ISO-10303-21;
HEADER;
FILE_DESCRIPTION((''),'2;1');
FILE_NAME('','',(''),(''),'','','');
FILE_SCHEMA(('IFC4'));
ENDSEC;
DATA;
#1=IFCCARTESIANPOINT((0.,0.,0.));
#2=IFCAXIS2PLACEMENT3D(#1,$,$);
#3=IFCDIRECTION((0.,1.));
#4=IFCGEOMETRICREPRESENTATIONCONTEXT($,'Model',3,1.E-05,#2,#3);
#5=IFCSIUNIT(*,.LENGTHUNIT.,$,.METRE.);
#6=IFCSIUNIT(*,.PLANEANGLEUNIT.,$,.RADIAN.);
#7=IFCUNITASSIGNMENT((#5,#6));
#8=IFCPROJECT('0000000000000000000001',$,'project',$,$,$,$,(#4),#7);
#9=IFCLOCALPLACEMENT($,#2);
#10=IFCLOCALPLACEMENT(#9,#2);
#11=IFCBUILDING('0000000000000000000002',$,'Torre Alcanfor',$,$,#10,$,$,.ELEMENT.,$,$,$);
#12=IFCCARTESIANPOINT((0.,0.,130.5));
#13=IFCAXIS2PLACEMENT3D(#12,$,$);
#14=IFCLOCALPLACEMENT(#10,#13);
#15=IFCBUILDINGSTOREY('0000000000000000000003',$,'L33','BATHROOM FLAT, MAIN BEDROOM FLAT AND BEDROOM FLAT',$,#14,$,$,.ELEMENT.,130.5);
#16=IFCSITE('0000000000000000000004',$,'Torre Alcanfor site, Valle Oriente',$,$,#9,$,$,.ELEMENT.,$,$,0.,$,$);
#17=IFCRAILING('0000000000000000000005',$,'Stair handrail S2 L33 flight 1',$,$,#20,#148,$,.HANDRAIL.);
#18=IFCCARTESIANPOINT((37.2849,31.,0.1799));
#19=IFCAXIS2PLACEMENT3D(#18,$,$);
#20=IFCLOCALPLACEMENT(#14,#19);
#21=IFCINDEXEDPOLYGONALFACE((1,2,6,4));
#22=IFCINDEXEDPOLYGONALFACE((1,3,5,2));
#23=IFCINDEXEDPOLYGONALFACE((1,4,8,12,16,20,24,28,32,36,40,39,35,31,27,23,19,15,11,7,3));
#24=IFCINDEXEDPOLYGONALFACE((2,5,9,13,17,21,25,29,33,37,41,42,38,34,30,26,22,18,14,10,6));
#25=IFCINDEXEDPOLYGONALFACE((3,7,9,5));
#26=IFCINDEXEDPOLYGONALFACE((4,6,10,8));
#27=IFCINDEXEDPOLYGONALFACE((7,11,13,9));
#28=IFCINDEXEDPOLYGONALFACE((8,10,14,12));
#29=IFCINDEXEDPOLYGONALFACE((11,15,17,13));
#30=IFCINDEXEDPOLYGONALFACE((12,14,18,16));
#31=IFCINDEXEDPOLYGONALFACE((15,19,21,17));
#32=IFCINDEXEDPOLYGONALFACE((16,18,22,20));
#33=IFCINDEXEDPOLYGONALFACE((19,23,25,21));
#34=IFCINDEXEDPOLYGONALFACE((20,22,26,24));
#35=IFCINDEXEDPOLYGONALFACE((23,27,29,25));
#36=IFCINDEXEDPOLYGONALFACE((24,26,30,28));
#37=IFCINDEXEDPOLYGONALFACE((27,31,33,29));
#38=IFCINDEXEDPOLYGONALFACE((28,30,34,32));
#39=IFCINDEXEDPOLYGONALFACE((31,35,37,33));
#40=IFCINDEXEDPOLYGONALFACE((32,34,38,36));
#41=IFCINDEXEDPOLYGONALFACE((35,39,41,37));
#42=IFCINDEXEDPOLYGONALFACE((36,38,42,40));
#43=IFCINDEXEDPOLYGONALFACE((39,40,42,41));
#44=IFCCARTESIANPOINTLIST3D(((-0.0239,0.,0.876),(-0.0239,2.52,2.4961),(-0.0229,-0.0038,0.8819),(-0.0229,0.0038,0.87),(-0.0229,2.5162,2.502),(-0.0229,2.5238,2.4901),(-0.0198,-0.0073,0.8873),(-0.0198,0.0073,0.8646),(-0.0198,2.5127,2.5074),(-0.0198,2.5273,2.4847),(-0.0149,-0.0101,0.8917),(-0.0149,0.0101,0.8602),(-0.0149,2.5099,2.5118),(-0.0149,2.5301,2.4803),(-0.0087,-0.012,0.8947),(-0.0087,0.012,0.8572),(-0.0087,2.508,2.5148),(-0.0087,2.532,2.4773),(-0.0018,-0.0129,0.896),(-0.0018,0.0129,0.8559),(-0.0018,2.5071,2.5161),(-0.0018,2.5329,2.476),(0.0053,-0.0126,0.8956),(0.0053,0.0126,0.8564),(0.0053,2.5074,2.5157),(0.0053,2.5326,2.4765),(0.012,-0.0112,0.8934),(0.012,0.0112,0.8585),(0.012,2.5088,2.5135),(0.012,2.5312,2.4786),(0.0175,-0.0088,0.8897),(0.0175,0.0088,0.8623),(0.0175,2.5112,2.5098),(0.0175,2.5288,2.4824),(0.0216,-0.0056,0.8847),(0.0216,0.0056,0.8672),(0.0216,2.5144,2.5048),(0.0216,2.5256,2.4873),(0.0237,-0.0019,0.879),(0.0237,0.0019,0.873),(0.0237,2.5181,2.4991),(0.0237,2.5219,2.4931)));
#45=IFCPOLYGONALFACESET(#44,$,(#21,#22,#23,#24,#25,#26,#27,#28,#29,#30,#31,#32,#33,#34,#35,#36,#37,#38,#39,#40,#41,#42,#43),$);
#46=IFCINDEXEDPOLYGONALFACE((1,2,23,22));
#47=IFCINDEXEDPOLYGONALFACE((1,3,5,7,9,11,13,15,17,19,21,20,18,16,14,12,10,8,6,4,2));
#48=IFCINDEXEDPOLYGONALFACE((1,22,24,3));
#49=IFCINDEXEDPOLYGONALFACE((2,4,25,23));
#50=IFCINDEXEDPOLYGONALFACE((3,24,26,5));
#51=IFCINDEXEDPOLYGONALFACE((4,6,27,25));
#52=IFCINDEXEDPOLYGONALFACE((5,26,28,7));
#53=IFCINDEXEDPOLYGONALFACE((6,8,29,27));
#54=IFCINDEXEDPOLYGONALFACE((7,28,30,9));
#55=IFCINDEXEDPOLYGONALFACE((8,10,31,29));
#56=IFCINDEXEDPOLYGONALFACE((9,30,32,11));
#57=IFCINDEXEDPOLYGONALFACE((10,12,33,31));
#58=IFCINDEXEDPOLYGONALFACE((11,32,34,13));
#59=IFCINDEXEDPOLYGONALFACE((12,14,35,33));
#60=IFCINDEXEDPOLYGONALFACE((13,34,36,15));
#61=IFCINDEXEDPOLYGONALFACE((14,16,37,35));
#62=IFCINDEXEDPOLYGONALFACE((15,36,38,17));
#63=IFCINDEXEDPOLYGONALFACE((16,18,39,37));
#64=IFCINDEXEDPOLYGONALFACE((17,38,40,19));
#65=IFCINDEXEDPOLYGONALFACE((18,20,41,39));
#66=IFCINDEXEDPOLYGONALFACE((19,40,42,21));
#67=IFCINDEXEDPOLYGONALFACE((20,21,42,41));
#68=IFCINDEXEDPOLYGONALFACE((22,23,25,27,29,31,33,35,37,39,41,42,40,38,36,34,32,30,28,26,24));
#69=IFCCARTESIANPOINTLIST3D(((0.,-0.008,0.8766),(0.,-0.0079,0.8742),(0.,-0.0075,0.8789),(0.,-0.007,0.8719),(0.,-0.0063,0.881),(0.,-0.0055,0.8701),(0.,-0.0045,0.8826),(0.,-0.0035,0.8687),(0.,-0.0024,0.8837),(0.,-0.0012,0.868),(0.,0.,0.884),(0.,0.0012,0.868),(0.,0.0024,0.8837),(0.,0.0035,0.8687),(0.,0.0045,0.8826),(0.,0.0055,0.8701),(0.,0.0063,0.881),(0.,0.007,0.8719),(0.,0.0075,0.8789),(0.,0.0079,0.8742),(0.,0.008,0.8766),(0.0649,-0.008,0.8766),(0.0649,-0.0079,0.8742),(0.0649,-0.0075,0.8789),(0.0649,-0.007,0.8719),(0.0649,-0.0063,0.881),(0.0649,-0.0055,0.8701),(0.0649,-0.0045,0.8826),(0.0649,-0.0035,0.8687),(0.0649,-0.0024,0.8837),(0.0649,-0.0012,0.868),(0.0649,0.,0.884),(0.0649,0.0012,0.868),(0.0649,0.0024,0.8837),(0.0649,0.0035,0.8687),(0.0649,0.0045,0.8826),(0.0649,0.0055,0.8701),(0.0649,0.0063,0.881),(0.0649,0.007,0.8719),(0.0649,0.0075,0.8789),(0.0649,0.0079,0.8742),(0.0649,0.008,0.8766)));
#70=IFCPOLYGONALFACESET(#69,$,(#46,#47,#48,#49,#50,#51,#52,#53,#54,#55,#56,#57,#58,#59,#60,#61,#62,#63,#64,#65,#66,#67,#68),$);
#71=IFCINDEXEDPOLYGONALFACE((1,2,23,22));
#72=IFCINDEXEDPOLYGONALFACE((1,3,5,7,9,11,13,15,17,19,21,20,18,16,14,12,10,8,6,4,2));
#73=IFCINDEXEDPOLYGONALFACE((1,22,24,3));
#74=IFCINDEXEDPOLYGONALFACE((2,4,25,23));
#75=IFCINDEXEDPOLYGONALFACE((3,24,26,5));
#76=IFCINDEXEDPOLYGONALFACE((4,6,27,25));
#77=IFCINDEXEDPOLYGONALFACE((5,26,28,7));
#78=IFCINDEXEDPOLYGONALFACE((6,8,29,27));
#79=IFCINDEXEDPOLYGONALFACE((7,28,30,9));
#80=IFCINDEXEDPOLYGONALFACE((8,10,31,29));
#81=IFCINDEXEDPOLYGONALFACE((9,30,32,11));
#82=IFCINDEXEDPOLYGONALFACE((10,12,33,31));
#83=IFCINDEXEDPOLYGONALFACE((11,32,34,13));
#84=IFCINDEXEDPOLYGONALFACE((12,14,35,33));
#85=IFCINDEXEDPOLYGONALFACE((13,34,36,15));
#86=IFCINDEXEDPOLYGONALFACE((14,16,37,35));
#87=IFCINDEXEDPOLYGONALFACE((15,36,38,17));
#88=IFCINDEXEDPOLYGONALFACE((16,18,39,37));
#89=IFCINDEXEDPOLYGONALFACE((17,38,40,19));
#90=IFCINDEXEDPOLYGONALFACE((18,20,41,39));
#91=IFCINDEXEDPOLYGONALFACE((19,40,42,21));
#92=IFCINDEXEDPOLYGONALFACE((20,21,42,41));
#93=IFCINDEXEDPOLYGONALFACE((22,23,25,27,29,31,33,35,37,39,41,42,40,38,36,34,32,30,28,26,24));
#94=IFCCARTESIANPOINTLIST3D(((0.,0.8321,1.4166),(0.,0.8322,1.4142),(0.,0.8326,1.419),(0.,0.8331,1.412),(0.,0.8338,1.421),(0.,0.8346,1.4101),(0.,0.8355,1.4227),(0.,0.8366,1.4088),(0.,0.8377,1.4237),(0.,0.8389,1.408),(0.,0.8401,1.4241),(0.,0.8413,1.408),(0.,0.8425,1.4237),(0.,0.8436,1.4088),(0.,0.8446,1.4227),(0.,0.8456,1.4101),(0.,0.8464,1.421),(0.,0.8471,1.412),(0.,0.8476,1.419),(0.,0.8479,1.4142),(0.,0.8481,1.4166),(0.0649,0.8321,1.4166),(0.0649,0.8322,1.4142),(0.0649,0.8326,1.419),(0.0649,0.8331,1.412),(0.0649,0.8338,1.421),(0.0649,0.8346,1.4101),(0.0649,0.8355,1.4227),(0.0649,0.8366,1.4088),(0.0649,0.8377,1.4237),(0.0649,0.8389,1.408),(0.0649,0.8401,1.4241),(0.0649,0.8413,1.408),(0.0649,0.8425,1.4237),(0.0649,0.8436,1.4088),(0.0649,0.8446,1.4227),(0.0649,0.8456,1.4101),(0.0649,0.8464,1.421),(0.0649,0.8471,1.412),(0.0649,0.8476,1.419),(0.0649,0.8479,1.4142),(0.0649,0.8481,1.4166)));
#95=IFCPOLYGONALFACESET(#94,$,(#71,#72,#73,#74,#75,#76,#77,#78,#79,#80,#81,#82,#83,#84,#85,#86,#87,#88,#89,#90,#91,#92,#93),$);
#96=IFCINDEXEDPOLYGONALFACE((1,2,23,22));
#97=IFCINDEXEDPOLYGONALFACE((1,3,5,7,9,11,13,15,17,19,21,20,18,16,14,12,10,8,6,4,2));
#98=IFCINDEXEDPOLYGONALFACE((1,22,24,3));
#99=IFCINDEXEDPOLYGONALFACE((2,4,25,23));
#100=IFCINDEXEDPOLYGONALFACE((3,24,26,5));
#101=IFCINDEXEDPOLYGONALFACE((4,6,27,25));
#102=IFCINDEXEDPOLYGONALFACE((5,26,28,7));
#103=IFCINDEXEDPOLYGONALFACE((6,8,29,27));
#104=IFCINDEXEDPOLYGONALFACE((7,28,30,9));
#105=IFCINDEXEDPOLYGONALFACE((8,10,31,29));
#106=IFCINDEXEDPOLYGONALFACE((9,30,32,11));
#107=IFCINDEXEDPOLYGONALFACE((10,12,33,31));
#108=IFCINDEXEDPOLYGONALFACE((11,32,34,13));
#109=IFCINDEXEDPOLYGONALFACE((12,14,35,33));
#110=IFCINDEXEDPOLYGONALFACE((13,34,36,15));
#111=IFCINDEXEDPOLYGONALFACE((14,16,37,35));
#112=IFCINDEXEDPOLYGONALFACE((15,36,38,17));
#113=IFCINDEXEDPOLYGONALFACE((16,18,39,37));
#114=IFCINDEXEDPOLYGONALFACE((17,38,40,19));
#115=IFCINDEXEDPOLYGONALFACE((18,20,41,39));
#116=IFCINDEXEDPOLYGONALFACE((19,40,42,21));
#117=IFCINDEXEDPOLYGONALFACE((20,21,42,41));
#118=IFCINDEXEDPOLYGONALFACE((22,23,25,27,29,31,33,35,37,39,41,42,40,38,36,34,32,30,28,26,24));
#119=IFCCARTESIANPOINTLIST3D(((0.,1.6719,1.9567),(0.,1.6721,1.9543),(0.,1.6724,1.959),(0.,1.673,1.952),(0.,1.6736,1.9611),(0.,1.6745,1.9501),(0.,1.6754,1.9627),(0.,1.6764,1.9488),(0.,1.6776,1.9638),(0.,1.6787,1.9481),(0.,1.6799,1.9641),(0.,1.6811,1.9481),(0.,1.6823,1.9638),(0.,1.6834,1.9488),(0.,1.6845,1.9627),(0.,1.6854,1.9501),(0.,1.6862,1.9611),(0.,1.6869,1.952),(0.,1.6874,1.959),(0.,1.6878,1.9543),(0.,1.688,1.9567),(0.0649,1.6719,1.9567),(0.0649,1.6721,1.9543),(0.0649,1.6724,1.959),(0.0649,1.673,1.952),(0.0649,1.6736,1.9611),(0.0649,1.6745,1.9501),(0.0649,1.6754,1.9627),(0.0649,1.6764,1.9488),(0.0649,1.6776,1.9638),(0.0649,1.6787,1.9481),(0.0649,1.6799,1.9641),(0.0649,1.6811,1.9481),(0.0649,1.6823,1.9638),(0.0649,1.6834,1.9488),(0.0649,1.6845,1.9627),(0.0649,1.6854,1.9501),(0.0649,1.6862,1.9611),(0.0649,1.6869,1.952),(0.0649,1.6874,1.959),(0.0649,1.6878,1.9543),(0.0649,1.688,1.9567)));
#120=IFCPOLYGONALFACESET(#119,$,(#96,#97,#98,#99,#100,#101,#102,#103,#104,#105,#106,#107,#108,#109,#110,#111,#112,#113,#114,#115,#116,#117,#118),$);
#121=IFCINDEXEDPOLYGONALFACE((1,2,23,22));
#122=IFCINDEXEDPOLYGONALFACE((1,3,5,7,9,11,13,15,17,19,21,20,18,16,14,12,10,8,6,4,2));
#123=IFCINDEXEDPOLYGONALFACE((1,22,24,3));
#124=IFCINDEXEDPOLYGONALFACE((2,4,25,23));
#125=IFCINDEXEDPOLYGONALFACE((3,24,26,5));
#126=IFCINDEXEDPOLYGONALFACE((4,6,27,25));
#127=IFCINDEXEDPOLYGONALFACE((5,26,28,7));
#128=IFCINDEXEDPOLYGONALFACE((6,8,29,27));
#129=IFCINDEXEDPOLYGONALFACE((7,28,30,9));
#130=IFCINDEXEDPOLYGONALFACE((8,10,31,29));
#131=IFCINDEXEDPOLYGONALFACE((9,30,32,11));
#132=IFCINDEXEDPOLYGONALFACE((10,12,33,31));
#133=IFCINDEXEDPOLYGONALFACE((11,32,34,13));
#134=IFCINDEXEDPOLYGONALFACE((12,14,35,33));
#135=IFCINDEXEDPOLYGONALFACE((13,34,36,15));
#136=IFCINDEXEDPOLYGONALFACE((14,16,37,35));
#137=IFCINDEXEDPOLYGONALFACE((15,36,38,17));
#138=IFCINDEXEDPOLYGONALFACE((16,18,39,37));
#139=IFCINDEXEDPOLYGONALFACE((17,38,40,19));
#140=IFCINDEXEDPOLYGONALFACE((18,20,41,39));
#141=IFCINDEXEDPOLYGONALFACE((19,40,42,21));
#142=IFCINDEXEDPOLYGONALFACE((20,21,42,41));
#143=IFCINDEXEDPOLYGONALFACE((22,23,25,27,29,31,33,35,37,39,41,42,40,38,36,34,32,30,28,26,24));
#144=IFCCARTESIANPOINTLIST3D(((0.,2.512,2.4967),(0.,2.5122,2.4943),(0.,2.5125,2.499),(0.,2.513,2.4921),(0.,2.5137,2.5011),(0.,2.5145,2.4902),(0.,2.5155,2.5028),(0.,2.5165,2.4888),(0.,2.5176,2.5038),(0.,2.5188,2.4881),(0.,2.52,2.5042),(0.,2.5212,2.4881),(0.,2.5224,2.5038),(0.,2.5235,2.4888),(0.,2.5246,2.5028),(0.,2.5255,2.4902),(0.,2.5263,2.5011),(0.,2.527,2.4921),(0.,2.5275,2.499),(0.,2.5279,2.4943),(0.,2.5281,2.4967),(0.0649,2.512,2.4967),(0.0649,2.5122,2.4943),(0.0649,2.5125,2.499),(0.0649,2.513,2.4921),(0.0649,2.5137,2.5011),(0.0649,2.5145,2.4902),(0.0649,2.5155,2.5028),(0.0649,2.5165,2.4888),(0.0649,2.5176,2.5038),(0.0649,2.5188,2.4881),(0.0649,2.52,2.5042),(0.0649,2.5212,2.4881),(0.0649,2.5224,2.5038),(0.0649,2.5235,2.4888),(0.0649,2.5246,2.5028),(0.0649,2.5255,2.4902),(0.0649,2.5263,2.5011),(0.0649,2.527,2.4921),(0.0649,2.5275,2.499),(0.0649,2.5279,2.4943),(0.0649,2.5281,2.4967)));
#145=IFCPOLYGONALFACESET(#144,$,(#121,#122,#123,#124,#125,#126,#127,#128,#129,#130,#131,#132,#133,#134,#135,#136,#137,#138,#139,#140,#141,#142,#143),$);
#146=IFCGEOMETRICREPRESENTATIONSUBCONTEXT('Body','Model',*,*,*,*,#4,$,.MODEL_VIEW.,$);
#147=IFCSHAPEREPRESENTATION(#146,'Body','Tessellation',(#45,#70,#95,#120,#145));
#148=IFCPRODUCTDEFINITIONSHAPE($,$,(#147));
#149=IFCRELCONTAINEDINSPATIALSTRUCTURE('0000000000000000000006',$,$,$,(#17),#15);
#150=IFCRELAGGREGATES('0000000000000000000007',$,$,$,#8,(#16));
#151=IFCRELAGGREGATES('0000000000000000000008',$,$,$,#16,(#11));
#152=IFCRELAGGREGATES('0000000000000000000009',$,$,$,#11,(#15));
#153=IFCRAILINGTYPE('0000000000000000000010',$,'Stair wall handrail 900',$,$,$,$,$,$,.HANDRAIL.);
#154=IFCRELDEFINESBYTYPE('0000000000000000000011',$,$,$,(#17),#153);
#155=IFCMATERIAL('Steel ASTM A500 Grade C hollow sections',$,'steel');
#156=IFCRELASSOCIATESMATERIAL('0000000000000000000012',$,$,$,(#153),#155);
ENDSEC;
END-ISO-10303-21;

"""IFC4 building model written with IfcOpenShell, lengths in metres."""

from ifc_helpers import new_model, si_unit, direction, frame, origin, origin_2d, place, context, subcontext, project, spatial, circle, extrude, material, type_object, element, save


model = new_model("IFC4")

# Units and contexts
model_context = context("Model", 3, precision=1e-05, world=origin(), true_north=direction((0.0, 1.0)))
body_context = subcontext(model_context, "Body", "Model", "MODEL_VIEW")
ifc_project = project(units=[si_unit("LENGTHUNIT", "METRE"), si_unit("PLANEANGLEUNIT", "RADIAN")], contexts=[model_context])

# Site, building, storey
site_placement = place(None, origin())
site = spatial("IfcSite", under=ifc_project, at=site_placement, Name="Torre Alcanfor site, Valle Oriente", CompositionType="ELEMENT", RefElevation=0.0)
building_placement = place(site_placement, origin())
building = spatial("IfcBuilding", under=site, at=building_placement, Name="Torre Alcanfor", CompositionType="ELEMENT")
storey_placement = place(building_placement, frame((0.0, 0.0, 130.5)))
storey = spatial("IfcBuildingStorey", under=building, at=storey_placement, Name="L33", Description="BATHROOM FLAT, MAIN BEDROOM FLAT AND BEDROOM FLAT", CompositionType="ELEMENT", Elevation=130.5)

# Railing
ifc_material_1 = material(Name="Steel ASTM A500 Grade C hollow sections", Category="steel")
railing_type_1 = type_object("IfcRailingType", Name="Stair wall handrail 900", PredefinedType="HANDRAIL", material=ifc_material_1)
railing_1_placement = place(storey_placement, frame((37.2849, 31.0, 0.1799)))
element("IfcRailing", 1, at=railing_1_placement, inside=storey, type_object=railing_type_1, Name="Stair handrail S2 L33 flight 1", PredefinedType="HANDRAIL", context=body_context, shape_type="SweptSolid", body=[
    extrude(circle(Radius=0.0239, at=origin_2d()), frame((0.0, 0.0, 0.876), z_axis=(0.0, 0.841163, 0.540782), x_axis=(-1.0, 0.0, 0.0)), (0.0, 0.0, 1.0), 2.9958),
    extrude(circle(Radius=0.0081, at=origin_2d()), frame((0.0, 0.0, 0.876), z_axis=(1.0, 0.0, 0.0), x_axis=(0.0, 0.0, 1.0)), (0.0, 0.0, 1.0), 0.0649),
    extrude(circle(Radius=0.0081, at=origin_2d()), frame((0.0, 0.8401, 1.416), z_axis=(1.0, 0.0, 0.0), x_axis=(0.0, 0.0, 1.0)), (0.0, 0.0, 1.0), 0.0649),
    extrude(circle(Radius=0.0081, at=origin_2d()), frame((0.0, 1.6799, 1.9561), z_axis=(1.0, 0.0, 0.0), x_axis=(0.0, 0.0, 1.0)), (0.0, 0.0, 1.0), 0.0649),
    extrude(circle(Radius=0.0081, at=origin_2d()), frame((0.0, 2.52, 2.4961), z_axis=(1.0, 0.0, 0.0), x_axis=(0.0, 0.0, 1.0)), (0.0, 0.0, 1.0), 0.0649),
])

save(model, "model.ifc")
